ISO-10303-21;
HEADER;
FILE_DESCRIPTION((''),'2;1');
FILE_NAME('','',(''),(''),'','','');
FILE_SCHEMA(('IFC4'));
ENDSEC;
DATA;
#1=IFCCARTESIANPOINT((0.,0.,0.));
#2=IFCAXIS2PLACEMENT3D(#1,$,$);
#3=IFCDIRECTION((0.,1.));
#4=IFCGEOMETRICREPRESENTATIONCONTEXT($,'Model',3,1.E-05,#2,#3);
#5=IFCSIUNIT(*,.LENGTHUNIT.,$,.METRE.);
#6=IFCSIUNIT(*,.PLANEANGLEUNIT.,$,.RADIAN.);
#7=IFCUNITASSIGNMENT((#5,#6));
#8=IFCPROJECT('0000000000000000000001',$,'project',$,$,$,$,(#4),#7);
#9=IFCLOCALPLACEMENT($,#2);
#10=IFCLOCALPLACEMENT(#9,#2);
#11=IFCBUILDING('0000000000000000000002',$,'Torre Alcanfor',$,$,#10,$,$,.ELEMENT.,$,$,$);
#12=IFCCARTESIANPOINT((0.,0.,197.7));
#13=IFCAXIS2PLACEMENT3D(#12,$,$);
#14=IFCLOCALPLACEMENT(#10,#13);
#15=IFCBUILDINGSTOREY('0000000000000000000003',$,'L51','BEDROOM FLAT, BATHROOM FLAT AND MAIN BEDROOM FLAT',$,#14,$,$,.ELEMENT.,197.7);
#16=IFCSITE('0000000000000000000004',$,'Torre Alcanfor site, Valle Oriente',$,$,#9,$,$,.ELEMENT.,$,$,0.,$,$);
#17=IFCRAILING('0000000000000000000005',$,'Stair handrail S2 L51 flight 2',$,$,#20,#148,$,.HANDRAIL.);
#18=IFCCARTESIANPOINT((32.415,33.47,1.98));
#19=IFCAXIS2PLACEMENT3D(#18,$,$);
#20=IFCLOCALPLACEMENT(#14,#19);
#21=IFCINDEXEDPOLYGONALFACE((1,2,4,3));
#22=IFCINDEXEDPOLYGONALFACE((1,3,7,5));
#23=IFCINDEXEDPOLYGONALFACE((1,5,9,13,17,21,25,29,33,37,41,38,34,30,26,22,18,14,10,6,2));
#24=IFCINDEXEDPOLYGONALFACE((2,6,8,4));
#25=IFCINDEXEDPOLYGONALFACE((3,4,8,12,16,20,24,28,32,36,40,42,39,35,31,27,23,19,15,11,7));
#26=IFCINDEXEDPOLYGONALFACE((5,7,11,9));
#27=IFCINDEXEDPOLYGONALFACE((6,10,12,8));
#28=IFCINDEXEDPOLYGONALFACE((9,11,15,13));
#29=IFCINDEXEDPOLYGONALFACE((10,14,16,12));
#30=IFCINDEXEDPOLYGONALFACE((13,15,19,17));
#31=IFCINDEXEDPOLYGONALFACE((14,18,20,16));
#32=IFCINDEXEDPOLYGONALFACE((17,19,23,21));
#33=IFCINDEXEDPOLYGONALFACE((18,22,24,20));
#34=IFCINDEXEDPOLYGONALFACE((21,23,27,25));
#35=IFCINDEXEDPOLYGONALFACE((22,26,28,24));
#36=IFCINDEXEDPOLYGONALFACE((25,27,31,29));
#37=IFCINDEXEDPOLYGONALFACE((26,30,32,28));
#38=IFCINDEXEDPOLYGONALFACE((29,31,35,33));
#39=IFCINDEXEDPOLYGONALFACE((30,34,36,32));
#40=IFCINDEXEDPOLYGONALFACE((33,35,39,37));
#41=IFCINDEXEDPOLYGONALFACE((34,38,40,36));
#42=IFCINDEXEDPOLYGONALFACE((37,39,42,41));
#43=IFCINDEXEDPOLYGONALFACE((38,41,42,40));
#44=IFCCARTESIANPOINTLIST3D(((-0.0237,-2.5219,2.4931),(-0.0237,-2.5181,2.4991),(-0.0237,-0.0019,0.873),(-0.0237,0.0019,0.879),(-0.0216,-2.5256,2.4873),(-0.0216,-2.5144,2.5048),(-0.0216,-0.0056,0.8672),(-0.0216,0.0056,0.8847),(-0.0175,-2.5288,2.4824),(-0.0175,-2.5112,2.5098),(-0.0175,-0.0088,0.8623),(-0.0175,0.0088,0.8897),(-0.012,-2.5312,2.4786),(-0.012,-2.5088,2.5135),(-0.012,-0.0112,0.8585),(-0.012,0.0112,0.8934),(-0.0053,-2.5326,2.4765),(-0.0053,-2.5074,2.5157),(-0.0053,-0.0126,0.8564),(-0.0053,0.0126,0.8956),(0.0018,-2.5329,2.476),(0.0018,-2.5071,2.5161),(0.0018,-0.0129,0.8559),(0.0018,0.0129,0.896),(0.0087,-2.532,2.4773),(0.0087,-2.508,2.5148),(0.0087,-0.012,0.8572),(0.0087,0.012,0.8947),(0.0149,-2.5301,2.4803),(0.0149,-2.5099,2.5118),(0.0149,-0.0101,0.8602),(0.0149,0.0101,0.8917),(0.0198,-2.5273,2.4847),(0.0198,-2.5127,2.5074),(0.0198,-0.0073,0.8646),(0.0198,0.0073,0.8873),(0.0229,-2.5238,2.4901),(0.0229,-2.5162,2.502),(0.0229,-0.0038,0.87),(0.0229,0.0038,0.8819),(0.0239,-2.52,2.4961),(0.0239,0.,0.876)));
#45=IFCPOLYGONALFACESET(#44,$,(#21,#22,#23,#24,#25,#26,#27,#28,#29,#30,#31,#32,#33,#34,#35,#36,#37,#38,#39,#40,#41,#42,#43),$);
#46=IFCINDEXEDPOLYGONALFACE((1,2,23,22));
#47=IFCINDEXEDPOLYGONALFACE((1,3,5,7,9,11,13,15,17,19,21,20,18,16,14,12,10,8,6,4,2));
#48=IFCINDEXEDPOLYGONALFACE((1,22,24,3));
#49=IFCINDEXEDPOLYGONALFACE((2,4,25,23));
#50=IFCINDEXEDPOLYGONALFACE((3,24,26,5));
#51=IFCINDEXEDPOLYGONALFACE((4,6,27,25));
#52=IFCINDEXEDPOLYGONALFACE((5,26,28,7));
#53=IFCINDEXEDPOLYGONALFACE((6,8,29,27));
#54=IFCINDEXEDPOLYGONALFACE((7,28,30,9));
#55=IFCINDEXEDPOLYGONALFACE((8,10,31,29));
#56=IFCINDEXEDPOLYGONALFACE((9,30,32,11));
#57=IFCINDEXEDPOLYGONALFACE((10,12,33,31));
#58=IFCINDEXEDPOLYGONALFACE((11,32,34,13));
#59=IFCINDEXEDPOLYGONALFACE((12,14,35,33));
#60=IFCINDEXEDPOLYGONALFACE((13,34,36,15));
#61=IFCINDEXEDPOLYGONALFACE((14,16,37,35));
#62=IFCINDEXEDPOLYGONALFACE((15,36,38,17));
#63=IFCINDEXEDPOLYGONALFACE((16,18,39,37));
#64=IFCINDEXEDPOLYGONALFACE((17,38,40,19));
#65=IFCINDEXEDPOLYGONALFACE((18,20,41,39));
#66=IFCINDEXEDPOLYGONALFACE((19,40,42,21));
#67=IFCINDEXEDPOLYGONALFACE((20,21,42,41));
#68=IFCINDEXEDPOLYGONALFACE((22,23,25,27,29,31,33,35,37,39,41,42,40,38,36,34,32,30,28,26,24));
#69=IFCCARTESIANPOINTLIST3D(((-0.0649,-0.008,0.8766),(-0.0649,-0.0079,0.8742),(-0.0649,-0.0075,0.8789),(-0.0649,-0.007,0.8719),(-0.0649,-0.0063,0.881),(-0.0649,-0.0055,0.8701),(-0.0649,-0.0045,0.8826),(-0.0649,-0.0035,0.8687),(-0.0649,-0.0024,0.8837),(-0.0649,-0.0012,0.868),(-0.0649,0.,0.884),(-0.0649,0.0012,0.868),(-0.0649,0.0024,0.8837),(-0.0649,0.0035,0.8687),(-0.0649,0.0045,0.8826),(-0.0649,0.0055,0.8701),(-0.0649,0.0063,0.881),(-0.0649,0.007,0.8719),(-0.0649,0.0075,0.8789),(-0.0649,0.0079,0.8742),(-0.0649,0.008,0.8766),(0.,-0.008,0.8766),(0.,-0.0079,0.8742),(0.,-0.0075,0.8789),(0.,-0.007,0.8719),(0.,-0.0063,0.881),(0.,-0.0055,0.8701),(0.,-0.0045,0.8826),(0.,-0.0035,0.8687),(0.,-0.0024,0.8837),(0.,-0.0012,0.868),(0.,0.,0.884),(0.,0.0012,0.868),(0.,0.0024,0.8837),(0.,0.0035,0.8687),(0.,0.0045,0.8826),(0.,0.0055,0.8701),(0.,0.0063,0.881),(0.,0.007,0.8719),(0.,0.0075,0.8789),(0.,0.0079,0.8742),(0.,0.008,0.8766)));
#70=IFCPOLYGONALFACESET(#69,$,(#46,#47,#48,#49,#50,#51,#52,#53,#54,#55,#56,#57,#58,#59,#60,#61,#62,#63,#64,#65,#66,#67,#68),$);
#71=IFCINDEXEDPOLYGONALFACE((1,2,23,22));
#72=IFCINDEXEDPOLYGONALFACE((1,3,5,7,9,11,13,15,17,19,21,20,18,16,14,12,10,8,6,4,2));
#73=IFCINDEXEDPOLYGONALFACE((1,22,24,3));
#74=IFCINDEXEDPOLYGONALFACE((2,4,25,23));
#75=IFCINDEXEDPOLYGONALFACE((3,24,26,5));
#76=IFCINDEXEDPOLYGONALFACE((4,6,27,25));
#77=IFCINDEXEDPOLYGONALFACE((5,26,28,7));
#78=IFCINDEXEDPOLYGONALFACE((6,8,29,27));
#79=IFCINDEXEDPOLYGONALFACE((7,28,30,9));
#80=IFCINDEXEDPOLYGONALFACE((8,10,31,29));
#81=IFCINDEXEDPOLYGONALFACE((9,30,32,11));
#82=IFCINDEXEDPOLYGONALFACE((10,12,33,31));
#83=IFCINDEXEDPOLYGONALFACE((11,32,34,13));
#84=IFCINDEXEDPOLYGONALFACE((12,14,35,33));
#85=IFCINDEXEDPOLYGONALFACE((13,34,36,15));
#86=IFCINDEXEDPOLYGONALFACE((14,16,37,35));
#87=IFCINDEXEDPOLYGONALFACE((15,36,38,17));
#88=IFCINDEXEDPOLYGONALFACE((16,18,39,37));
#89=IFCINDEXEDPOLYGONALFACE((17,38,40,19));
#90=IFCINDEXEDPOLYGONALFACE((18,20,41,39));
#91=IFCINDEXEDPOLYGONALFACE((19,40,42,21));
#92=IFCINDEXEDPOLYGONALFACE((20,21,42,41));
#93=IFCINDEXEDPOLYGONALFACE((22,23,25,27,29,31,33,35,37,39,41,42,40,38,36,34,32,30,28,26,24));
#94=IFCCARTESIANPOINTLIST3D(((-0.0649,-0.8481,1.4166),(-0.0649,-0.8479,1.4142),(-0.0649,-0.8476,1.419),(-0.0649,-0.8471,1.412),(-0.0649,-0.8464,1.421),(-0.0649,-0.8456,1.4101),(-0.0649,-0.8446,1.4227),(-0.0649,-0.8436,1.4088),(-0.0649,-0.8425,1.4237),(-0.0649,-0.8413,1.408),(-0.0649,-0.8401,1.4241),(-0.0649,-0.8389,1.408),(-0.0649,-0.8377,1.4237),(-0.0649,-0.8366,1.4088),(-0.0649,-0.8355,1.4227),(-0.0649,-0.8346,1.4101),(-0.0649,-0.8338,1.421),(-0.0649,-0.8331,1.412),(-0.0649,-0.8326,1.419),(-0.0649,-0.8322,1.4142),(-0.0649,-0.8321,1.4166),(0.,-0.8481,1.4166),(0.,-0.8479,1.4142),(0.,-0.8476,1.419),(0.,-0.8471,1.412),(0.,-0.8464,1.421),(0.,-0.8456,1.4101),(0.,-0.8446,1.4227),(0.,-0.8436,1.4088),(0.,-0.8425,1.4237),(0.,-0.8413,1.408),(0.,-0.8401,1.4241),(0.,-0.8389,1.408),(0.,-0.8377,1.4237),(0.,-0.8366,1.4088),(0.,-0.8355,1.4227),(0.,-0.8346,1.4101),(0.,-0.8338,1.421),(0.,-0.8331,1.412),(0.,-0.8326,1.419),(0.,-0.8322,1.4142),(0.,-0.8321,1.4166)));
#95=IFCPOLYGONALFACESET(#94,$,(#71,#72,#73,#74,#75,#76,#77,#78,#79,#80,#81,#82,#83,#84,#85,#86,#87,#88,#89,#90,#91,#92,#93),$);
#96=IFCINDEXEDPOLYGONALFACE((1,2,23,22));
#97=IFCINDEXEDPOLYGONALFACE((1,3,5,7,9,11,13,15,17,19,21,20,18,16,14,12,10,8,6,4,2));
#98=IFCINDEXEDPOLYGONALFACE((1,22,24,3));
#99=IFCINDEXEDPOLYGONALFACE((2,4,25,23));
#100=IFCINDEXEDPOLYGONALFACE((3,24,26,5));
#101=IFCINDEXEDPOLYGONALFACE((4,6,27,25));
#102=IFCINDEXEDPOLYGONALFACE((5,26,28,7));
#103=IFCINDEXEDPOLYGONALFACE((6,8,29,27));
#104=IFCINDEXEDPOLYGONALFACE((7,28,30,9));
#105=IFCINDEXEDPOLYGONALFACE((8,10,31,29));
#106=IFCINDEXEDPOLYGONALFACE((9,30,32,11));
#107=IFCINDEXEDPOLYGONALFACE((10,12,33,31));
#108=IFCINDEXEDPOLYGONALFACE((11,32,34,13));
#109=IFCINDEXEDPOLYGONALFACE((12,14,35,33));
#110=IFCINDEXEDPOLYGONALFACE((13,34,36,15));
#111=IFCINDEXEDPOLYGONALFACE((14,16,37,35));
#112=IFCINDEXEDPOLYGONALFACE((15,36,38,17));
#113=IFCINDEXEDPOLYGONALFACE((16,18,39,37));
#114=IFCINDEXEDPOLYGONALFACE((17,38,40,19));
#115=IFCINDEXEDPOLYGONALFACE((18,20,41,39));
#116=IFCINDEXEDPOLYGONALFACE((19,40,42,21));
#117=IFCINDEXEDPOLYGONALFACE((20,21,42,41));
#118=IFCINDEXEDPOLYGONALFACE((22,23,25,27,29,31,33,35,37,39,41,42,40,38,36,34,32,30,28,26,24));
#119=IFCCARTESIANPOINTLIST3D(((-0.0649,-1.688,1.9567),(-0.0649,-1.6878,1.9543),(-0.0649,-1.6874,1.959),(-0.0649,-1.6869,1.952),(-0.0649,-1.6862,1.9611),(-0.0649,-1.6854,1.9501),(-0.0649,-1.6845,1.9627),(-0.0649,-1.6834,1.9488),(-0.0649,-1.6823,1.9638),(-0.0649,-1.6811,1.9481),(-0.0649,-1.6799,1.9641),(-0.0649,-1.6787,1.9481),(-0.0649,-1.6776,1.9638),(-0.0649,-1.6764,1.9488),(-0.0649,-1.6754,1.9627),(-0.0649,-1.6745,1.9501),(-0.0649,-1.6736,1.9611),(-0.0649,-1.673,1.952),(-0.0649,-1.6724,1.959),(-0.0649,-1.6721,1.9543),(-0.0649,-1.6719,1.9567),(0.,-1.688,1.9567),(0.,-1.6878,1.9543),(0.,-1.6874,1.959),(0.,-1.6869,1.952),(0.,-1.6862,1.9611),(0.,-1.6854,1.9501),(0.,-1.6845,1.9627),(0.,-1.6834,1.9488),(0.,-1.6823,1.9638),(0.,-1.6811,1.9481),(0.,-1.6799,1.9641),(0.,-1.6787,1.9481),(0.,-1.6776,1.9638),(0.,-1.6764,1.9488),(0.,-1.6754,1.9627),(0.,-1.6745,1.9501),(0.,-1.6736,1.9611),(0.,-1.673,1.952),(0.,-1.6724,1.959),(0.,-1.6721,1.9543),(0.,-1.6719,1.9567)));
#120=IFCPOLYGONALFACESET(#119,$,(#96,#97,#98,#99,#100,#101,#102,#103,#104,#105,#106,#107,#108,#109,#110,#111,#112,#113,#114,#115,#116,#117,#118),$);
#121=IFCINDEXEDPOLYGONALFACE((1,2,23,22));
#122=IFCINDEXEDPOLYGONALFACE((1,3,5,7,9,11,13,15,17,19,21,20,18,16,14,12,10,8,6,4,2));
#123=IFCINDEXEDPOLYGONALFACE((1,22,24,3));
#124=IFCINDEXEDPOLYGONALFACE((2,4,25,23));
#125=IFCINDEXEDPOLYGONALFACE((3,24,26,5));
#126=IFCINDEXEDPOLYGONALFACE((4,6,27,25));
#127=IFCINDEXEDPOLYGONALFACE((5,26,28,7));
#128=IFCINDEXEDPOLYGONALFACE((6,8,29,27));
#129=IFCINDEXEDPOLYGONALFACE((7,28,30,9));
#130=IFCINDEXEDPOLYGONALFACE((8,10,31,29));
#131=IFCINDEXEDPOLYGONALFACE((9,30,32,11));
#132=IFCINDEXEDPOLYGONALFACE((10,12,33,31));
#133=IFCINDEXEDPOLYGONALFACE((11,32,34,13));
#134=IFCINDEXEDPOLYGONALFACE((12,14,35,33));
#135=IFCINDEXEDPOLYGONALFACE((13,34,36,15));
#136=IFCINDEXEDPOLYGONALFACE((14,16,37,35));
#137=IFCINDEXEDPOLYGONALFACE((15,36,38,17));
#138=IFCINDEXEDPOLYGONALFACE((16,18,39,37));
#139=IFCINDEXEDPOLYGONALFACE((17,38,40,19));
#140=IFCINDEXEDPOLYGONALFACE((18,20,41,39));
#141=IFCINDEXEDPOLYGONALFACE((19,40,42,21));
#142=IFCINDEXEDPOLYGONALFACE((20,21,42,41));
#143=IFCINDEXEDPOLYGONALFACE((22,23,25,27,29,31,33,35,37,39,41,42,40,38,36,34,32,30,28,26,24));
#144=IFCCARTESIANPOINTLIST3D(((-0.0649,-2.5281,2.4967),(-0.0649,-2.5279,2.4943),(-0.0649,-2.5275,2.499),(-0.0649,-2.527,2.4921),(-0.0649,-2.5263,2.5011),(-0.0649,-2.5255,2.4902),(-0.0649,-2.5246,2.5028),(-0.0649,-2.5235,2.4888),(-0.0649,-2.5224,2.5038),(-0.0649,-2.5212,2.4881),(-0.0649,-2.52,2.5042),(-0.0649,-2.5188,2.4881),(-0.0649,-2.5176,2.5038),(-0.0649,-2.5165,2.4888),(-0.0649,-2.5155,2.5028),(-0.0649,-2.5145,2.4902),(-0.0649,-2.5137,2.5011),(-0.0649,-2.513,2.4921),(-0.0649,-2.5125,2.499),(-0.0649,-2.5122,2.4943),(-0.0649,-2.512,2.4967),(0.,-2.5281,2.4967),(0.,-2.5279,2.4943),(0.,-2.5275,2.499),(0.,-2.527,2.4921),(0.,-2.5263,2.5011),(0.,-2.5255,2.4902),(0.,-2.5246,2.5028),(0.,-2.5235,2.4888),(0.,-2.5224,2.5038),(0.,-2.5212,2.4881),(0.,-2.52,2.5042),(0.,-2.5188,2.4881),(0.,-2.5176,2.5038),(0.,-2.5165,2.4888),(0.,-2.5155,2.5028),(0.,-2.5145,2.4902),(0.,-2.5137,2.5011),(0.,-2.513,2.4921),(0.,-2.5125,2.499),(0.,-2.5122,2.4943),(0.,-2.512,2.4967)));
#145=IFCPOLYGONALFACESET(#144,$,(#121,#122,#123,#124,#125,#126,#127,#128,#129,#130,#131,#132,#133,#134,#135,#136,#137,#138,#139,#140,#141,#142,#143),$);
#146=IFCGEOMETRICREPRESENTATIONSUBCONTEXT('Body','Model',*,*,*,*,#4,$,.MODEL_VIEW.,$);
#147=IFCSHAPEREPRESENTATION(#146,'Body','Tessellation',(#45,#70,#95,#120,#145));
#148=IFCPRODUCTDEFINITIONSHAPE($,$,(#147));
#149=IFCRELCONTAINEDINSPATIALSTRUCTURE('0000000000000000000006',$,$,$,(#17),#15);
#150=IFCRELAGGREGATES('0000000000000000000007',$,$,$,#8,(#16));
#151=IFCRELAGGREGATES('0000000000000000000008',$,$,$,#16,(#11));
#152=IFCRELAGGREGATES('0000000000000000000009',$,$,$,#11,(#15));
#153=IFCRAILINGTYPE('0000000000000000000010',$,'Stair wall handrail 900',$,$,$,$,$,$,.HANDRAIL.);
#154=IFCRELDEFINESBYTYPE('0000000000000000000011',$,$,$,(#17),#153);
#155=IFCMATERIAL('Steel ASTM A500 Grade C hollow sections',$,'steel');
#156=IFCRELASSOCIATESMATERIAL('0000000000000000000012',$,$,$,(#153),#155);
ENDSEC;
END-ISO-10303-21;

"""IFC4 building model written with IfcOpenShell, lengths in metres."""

from ifc_helpers import new_model, si_unit, direction, frame, origin, origin_2d, place, context, subcontext, project, spatial, circle, extrude, material, type_object, element, save


model = new_model("IFC4")

# Units and contexts
model_context = context("Model", 3, precision=1e-05, world=origin(), true_north=direction((0.0, 1.0)))
body_context = subcontext(model_context, "Body", "Model", "MODEL_VIEW")
ifc_project = project(units=[si_unit("LENGTHUNIT", "METRE"), si_unit("PLANEANGLEUNIT", "RADIAN")], contexts=[model_context])

# Site, building, storey
site_placement = place(None, origin())
site = spatial("IfcSite", under=ifc_project, at=site_placement, Name="Torre Alcanfor site, Valle Oriente", CompositionType="ELEMENT", RefElevation=0.0)
building_placement = place(site_placement, origin())
building = spatial("IfcBuilding", under=site, at=building_placement, Name="Torre Alcanfor", CompositionType="ELEMENT")
storey_placement = place(building_placement, frame((0.0, 0.0, 197.7)))
storey = spatial("IfcBuildingStorey", under=building, at=storey_placement, Name="L51", Description="BEDROOM FLAT, BATHROOM FLAT AND MAIN BEDROOM FLAT", CompositionType="ELEMENT", Elevation=197.7)

# Railing
ifc_material_1 = material(Name="Steel ASTM A500 Grade C hollow sections", Category="steel")
railing_type_1 = type_object("IfcRailingType", Name="Stair wall handrail 900", PredefinedType="HANDRAIL", material=ifc_material_1)
railing_1_placement = place(storey_placement, frame((32.415, 33.47, 1.98)))
element("IfcRailing", 1, at=railing_1_placement, inside=storey, type_object=railing_type_1, Name="Stair handrail S2 L51 flight 2", PredefinedType="HANDRAIL", context=body_context, shape_type="SweptSolid", body=[
    extrude(circle(Radius=0.0239, at=origin_2d()), frame((0.0, 0.0, 0.876), z_axis=(0.0, -0.841163, 0.540782), x_axis=(1.0, 0.0, 0.0)), (0.0, 0.0, 1.0), 2.9958),
    extrude(circle(Radius=0.0081, at=origin_2d()), frame((0.0, 0.0, 0.876), z_axis=(-1.0, 0.0, 0.0), x_axis=(0.0, 0.0, 1.0)), (0.0, 0.0, 1.0), 0.0649),
    extrude(circle(Radius=0.0081, at=origin_2d()), frame((0.0, -0.8401, 1.416), z_axis=(-1.0, 0.0, 0.0), x_axis=(0.0, 0.0, 1.0)), (0.0, 0.0, 1.0), 0.0649),
    extrude(circle(Radius=0.0081, at=origin_2d()), frame((0.0, -1.6799, 1.9561), z_axis=(-1.0, 0.0, 0.0), x_axis=(0.0, 0.0, 1.0)), (0.0, 0.0, 1.0), 0.0649),
    extrude(circle(Radius=0.0081, at=origin_2d()), frame((0.0, -2.52, 2.4961), z_axis=(-1.0, 0.0, 0.0), x_axis=(0.0, 0.0, 1.0)), (0.0, 0.0, 1.0), 0.0649),
])

save(model, "model.ifc")
